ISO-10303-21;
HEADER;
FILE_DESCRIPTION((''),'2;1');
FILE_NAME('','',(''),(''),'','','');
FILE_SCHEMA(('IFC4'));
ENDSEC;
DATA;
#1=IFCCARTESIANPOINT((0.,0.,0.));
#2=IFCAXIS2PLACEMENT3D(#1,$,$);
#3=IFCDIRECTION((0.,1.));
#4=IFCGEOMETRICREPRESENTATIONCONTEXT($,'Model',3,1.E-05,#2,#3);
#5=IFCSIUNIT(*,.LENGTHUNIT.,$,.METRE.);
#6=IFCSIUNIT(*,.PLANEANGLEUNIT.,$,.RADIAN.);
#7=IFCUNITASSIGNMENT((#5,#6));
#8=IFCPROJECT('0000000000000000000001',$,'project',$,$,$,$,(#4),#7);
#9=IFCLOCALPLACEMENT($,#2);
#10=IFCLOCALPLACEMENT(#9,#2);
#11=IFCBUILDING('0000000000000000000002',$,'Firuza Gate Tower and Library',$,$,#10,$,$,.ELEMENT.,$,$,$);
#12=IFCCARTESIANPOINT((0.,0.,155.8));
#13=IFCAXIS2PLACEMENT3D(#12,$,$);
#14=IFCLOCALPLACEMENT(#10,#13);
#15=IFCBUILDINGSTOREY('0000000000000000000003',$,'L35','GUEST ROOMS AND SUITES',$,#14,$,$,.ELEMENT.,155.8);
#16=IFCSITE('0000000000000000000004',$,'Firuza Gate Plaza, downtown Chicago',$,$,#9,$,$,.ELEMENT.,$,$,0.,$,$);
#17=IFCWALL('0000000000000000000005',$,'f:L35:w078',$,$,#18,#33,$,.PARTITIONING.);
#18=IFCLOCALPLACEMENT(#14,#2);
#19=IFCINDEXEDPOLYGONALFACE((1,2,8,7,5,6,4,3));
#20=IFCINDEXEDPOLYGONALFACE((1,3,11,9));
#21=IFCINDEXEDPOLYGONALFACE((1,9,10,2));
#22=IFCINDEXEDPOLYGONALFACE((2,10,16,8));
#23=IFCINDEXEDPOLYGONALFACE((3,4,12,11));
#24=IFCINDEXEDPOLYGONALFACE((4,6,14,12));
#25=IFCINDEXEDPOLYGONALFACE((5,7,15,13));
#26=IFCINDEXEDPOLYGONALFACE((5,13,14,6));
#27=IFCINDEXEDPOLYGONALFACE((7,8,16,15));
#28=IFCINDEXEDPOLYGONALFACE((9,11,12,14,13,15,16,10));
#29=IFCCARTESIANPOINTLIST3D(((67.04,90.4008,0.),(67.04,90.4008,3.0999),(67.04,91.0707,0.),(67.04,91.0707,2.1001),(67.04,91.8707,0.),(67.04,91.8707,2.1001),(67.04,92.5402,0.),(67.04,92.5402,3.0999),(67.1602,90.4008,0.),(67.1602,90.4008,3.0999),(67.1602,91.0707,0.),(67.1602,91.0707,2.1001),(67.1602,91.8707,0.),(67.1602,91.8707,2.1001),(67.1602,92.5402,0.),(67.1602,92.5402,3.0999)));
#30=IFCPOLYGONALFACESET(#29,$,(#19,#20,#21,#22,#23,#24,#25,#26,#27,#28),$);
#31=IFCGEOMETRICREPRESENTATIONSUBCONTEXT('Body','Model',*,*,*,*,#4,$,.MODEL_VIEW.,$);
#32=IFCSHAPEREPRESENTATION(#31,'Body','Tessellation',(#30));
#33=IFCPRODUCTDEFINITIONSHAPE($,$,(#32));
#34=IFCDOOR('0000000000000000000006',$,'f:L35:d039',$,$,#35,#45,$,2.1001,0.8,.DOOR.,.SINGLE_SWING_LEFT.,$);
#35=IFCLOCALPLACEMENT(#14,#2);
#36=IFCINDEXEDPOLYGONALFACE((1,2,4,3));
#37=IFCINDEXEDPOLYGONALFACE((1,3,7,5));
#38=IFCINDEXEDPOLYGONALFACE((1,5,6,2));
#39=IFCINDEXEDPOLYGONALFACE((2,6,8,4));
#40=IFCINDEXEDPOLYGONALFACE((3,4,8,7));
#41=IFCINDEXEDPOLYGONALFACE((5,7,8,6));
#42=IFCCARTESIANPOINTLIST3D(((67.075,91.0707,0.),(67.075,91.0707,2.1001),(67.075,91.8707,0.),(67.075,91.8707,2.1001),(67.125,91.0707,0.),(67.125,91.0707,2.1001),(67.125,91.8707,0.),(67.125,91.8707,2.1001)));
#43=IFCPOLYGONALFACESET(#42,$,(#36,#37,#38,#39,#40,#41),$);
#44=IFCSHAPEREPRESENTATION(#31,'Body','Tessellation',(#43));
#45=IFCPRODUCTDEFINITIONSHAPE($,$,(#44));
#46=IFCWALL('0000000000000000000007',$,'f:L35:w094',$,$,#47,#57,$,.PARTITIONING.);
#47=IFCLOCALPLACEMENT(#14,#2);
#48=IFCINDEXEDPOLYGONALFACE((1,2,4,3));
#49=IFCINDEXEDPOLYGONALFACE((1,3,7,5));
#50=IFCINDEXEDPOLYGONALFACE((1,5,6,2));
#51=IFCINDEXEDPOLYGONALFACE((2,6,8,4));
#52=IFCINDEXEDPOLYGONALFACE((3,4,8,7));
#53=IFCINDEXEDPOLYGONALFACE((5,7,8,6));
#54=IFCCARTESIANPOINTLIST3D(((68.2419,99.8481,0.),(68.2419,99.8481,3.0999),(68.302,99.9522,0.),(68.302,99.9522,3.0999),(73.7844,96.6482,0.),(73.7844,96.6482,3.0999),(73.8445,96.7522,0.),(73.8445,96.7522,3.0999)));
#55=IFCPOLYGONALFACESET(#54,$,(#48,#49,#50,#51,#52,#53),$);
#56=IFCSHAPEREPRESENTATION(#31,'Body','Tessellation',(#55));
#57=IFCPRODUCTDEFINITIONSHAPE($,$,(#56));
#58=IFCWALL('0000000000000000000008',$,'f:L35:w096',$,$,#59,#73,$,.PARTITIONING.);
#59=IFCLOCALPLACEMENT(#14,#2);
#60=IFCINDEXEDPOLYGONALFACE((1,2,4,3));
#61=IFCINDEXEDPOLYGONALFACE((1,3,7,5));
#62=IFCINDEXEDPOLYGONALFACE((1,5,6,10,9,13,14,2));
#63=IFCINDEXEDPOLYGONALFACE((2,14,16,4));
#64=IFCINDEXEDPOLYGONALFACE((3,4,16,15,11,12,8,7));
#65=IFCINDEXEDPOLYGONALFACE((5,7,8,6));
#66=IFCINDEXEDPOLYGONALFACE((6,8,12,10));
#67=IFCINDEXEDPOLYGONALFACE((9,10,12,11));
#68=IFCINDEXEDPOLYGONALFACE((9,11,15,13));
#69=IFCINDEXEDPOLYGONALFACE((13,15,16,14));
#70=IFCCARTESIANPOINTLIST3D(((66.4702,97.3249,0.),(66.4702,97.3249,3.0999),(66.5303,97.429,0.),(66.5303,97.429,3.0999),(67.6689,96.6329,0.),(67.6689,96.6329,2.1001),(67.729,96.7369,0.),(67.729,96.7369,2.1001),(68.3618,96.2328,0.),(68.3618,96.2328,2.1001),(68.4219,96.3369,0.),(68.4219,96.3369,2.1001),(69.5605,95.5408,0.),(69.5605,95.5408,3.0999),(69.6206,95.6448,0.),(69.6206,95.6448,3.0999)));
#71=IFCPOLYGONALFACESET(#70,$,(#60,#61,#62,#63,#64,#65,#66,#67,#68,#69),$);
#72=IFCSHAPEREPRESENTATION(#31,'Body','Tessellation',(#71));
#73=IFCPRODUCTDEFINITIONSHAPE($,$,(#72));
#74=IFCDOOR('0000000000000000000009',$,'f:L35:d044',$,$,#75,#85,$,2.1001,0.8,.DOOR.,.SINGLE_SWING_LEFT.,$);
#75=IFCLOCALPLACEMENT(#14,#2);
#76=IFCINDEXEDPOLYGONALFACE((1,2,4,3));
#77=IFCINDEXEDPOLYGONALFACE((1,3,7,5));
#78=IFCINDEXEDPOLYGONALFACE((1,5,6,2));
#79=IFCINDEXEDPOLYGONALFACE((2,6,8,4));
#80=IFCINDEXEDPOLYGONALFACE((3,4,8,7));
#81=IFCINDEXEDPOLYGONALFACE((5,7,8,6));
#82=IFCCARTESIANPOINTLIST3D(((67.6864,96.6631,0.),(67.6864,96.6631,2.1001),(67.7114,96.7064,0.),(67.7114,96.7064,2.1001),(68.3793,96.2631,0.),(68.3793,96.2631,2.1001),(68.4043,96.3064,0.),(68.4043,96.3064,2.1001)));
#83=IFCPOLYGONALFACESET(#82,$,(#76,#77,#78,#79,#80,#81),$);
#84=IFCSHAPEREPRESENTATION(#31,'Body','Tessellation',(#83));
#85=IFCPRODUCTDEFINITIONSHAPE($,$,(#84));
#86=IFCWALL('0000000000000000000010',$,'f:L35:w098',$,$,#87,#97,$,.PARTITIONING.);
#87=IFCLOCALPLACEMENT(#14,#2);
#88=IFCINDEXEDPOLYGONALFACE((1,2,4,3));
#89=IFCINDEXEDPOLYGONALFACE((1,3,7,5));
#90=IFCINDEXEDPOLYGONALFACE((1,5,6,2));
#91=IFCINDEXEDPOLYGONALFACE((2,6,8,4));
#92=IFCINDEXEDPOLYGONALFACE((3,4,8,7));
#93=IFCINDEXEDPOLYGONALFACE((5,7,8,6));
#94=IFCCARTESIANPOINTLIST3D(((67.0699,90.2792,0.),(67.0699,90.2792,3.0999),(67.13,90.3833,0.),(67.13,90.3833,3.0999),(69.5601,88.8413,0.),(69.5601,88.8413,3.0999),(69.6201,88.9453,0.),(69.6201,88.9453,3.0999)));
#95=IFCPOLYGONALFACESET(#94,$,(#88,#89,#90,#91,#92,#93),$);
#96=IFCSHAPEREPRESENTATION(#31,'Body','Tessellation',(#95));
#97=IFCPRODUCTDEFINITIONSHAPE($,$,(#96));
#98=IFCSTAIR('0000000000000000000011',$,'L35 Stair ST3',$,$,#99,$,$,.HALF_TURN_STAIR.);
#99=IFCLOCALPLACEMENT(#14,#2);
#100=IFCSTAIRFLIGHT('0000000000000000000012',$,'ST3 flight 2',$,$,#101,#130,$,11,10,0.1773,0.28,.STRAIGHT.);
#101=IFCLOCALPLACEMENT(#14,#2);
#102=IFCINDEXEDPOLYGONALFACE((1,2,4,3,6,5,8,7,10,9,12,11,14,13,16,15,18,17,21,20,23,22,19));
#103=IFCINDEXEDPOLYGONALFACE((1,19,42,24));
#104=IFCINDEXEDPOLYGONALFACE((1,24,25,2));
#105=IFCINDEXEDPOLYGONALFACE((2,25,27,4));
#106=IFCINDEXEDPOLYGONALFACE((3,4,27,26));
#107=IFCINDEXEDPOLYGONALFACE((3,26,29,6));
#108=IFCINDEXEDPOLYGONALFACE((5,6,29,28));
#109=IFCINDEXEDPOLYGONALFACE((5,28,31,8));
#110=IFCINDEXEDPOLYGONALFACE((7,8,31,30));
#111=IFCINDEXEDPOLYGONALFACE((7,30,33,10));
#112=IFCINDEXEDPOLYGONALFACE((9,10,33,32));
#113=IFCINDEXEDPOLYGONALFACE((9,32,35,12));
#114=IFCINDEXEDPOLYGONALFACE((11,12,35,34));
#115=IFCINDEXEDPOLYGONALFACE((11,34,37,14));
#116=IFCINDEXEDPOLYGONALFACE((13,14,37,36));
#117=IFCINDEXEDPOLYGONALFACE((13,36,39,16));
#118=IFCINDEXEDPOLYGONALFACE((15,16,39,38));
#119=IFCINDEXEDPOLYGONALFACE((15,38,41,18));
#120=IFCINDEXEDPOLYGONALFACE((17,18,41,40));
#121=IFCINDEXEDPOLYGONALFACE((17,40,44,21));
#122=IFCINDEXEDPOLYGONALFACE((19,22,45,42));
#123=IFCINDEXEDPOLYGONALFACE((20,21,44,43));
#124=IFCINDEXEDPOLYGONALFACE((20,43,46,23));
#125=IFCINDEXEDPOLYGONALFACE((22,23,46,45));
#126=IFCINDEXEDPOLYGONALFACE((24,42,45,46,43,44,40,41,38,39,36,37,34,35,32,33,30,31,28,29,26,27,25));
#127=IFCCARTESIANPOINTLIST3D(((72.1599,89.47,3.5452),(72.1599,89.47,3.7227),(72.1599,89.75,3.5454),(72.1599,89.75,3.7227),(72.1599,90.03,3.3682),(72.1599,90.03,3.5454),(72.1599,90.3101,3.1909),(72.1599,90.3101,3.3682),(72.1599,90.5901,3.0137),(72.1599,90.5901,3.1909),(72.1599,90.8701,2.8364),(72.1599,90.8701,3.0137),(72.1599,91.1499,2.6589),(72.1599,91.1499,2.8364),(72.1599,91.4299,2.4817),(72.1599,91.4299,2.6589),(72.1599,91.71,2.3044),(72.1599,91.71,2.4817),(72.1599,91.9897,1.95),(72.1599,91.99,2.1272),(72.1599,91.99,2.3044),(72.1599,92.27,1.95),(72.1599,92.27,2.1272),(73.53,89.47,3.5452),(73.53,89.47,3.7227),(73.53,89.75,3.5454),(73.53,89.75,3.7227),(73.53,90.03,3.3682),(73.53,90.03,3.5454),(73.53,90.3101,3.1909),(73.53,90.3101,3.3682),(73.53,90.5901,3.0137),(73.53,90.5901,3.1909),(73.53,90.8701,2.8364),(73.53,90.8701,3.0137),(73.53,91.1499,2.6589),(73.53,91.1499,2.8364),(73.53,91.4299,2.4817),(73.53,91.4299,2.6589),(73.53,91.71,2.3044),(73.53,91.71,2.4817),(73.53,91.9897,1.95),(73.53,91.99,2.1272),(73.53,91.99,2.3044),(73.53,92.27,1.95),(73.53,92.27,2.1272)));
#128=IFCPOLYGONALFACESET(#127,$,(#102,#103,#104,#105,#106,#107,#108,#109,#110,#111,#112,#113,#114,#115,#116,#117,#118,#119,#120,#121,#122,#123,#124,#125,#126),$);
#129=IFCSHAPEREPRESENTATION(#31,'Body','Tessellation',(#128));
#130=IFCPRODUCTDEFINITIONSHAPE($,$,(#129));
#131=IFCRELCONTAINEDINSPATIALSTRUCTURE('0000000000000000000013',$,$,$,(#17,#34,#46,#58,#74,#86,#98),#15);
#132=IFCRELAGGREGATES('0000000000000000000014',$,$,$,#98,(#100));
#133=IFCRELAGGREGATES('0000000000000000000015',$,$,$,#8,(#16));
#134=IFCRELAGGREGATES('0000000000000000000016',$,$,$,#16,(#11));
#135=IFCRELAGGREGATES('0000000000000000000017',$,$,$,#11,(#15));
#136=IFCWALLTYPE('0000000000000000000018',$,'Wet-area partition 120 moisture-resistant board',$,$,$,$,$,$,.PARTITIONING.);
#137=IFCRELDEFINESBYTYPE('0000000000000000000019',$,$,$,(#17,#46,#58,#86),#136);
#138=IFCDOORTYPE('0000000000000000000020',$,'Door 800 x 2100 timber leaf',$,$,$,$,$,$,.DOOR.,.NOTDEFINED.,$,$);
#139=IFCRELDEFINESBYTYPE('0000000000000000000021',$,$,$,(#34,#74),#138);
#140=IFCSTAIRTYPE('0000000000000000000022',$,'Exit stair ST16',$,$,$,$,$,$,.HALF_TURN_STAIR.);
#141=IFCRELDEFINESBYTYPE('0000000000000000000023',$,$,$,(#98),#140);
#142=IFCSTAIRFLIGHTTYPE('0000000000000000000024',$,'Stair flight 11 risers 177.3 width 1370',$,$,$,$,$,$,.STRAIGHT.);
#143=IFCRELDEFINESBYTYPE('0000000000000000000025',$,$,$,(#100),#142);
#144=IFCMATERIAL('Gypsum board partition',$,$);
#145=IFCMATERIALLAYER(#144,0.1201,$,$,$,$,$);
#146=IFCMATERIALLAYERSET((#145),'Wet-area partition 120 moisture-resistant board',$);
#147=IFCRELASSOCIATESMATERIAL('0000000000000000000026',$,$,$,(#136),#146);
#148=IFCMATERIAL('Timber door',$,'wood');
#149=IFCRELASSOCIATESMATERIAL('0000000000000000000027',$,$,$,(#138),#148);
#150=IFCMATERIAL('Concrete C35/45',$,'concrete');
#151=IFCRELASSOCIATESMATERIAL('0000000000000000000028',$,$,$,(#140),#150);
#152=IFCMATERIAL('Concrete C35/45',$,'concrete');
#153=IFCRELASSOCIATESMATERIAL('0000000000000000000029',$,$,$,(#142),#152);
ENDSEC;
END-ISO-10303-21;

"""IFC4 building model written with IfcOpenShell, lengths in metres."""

from ifc_helpers import new_model, si_unit, direction, frame, frame_2d, origin, place, context, subcontext, project, spatial, polyline, rectangle, outline, extrude, material, layer, layer_set, type_object, element, fill, aggregate, save


model = new_model("IFC4")

# Units and contexts
model_context = context("Model", 3, precision=1e-05, world=origin(), true_north=direction((0.0, 1.0)))
body_context = subcontext(model_context, "Body", "Model", "MODEL_VIEW")
ifc_project = project(units=[si_unit("LENGTHUNIT", "METRE"), si_unit("PLANEANGLEUNIT", "RADIAN")], contexts=[model_context])

# Site, building, storey
site_placement = place(None, origin())
site = spatial("IfcSite", under=ifc_project, at=site_placement, Name="Firuza Gate Plaza, downtown Chicago", CompositionType="ELEMENT", RefElevation=0.0)
building_placement = place(site_placement, origin())
building = spatial("IfcBuilding", under=site, at=building_placement, Name="Firuza Gate Tower and Library", CompositionType="ELEMENT")
storey_placement = place(building_placement, frame((0.0, 0.0, 155.8)))
storey = spatial("IfcBuildingStorey", under=building, at=storey_placement, Name="L35", Description="GUEST ROOMS AND SUITES", CompositionType="ELEMENT", Elevation=155.8)

# Wall, opening, door
ifc_material_1 = material(Name="Gypsum board partition")
ifc_layer_1 = layer(ifc_material_1, 0.1201)
ifc_layer_set_1 = layer_set([ifc_layer_1], Name="Wet-area partition 120 moisture-resistant board")
wall_type_1 = type_object("IfcWallType", Name="Wet-area partition 120 moisture-resistant board", PredefinedType="PARTITIONING", material=ifc_layer_set_1)
wall_1_placement = place(storey_placement, frame((67.1001, 92.5403, 0.0), z_axis=(0.0, 0.0, 1.0), x_axis=(0.0, -1.0, 0.0)))
wall_1 = element("IfcWall", 1, at=wall_1_placement, inside=storey, type_object=wall_type_1, Name="f:L35:w078", PredefinedType="PARTITIONING", context=body_context, shape_type="SweptSolid", body=[
    extrude(rectangle(XDim=2.1394, YDim=0.1201, at=frame_2d((1.0698, 0.0))), origin(), (0.0, 0.0, 1.0), 3.0999),
])
opening_1_placement = place(wall_1_placement, frame((0.6697, 0.0, 0.0)))
opening_1 = element("IfcOpeningElement", 2, at=opening_1_placement, cuts=wall_1, PredefinedType="OPENING", context=body_context, shape_type="SweptSolid", body=[
    extrude(rectangle(XDim=0.8, YDim=2.1001, at=frame_2d((0.3999, 1.05))), frame((0.0, 0.0701, 0.0), z_axis=(0.0, -1.0, 0.0), x_axis=(1.0, 0.0, 0.0)), (0.0, 0.0, 1.0), 0.1401),
])
ifc_material_2 = material(Name="Timber door", Category="wood")
door_type_1 = type_object("IfcDoorType", Name="Door 800 x 2100 timber leaf", OperationType="NOTDEFINED", PredefinedType="DOOR", material=ifc_material_2)
door_1_placement = place(opening_1_placement, origin())
door_1 = element("IfcDoor", 3, at=door_1_placement, inside=storey, type_object=door_type_1, Name="f:L35:d039", OperationType="SINGLE_SWING_LEFT", OverallHeight=2.1001, OverallWidth=0.8, PredefinedType="DOOR", context=body_context, shape_type="SweptSolid", body=[
    extrude(rectangle(XDim=0.8, YDim=2.1001, at=frame_2d((0.3999, 1.05))), frame((0.0, 0.0249, 0.0), z_axis=(0.0, -1.0, 0.0), x_axis=(1.0, 0.0, 0.0)), (0.0, 0.0, 1.0), 0.05),
])
fill(opening_1, door_1)

# Wall
wall_2_placement = place(storey_placement, frame((73.8145, 96.7002, 0.0), z_axis=(0.0, 0.0, 1.0), x_axis=(-0.866025, 0.5, 0.0)))
element("IfcWall", 4, at=wall_2_placement, inside=storey, type_object=wall_type_1, Name="f:L35:w094", PredefinedType="PARTITIONING", context=body_context, shape_type="SweptSolid", body=[
    extrude(rectangle(XDim=6.3999, YDim=0.1201, at=frame_2d((3.2, 0.0))), origin(), (0.0, 0.0, 1.0), 3.0999),
])

# Wall, opening, door
wall_3_placement = place(storey_placement, frame((66.5002, 97.377, 0.0), z_axis=(0.0, 0.0, 1.0), x_axis=(0.866028, -0.499995, 0.0)))
wall_3 = element("IfcWall", 5, at=wall_3_placement, inside=storey, type_object=wall_type_1, Name="f:L35:w096", PredefinedType="PARTITIONING", context=body_context, shape_type="SweptSolid", body=[
    extrude(rectangle(XDim=3.5684, YDim=0.1201, at=frame_2d((1.7842, 0.0))), origin(), (0.0, 0.0, 1.0), 3.0999),
])
opening_2_placement = place(wall_3_placement, frame((1.3843, 0.0, 0.0)))
opening_2 = element("IfcOpeningElement", 6, at=opening_2_placement, cuts=wall_3, PredefinedType="OPENING", context=body_context, shape_type="SweptSolid", body=[
    extrude(rectangle(XDim=0.8, YDim=2.1001, at=frame_2d((0.3999, 1.05))), frame((0.0, 0.0701, 0.0), z_axis=(0.0, -1.0, 0.0), x_axis=(1.0, 0.0, 0.0)), (0.0, 0.0, 1.0), 0.1401),
])
door_2_placement = place(opening_2_placement, origin())
door_2 = element("IfcDoor", 7, at=door_2_placement, inside=storey, type_object=door_type_1, Name="f:L35:d044", OperationType="SINGLE_SWING_LEFT", OverallHeight=2.1001, OverallWidth=0.8, PredefinedType="DOOR", context=body_context, shape_type="SweptSolid", body=[
    extrude(rectangle(XDim=0.8, YDim=2.1001, at=frame_2d((0.3999, 1.05))), frame((0.0, 0.0249, 0.0), z_axis=(0.0, -1.0, 0.0), x_axis=(1.0, 0.0, 0.0)), (0.0, 0.0, 1.0), 0.05),
])
fill(opening_2, door_2)

# Wall
wall_4_placement = place(storey_placement, frame((69.5901, 88.8933, 0.0), z_axis=(0.0, 0.0, 1.0), x_axis=(-0.865988, 0.500065, 0.0)))
element("IfcWall", 8, at=wall_4_placement, inside=storey, type_object=wall_type_1, Name="f:L35:w098", PredefinedType="PARTITIONING", context=body_context, shape_type="SweptSolid", body=[
    extrude(rectangle(XDim=2.8755, YDim=0.1201, at=frame_2d((1.4377, 0.0))), origin(), (0.0, 0.0, 1.0), 3.0999),
])

# Stair, stair flight
ifc_material_3 = material(Name="Concrete C35/45", Category="concrete")
stair_type = type_object("IfcStairType", Name="Exit stair ST16", PredefinedType="HALF_TURN_STAIR", material=ifc_material_3)
stair_placement = place(storey_placement, origin())
stair = element("IfcStair", 9, at=stair_placement, inside=storey, type_object=stair_type, Name="L35 Stair ST3", PredefinedType="HALF_TURN_STAIR")
ifc_material_4 = material(Name="Concrete C35/45", Category="concrete")
stair_flight_type = type_object("IfcStairFlightType", Name="Stair flight 11 risers 177.3 width 1370", PredefinedType="STRAIGHT", material=ifc_material_4)
stair_flight_placement = place(storey_placement, frame((72.845, 92.27, 1.95), z_axis=(0.0, 0.0, 1.0), x_axis=(0.0, -1.0, 0.0)))
stair_flight = element("IfcStairFlight", 10, at=stair_flight_placement, type_object=stair_flight_type, Name="ST3 flight 2", NumberOfRisers=11, NumberOfTreads=10, PredefinedType="STRAIGHT", RiserHeight=0.1773, TreadLength=0.28, context=body_context, shape_type="SweptSolid", body=[
    extrude(outline(polyline([(0.0, 0.0), (0.0, 0.1772), (0.28, 0.1772), (0.28, 0.3545), (0.5601, 0.3545), (0.5601, 0.5317), (0.8401, 0.5317), (0.8401, 0.709), (1.1201, 0.709), (1.1201, 0.8865), (1.3999, 0.8865), (1.3999, 1.0637), (1.6799, 1.0637), (1.6799, 1.241), (1.96, 1.241), (1.96, 1.4182), (2.24, 1.4182), (2.24, 1.5955), (2.52, 1.5955), (2.52, 1.7727), (2.8, 1.7727), (2.8, 1.95), (2.8, 1.5952), (0.2803, 0.0), (0.0, 0.0)])), frame((0.0, 0.6851, 0.0), z_axis=(0.0, -1.0, 0.0), x_axis=(1.0, 0.0, 0.0)), (0.0, 0.0, 1.0), 1.3701),
])
aggregate(stair, [stair_flight])

save(model, "model.ifc")
